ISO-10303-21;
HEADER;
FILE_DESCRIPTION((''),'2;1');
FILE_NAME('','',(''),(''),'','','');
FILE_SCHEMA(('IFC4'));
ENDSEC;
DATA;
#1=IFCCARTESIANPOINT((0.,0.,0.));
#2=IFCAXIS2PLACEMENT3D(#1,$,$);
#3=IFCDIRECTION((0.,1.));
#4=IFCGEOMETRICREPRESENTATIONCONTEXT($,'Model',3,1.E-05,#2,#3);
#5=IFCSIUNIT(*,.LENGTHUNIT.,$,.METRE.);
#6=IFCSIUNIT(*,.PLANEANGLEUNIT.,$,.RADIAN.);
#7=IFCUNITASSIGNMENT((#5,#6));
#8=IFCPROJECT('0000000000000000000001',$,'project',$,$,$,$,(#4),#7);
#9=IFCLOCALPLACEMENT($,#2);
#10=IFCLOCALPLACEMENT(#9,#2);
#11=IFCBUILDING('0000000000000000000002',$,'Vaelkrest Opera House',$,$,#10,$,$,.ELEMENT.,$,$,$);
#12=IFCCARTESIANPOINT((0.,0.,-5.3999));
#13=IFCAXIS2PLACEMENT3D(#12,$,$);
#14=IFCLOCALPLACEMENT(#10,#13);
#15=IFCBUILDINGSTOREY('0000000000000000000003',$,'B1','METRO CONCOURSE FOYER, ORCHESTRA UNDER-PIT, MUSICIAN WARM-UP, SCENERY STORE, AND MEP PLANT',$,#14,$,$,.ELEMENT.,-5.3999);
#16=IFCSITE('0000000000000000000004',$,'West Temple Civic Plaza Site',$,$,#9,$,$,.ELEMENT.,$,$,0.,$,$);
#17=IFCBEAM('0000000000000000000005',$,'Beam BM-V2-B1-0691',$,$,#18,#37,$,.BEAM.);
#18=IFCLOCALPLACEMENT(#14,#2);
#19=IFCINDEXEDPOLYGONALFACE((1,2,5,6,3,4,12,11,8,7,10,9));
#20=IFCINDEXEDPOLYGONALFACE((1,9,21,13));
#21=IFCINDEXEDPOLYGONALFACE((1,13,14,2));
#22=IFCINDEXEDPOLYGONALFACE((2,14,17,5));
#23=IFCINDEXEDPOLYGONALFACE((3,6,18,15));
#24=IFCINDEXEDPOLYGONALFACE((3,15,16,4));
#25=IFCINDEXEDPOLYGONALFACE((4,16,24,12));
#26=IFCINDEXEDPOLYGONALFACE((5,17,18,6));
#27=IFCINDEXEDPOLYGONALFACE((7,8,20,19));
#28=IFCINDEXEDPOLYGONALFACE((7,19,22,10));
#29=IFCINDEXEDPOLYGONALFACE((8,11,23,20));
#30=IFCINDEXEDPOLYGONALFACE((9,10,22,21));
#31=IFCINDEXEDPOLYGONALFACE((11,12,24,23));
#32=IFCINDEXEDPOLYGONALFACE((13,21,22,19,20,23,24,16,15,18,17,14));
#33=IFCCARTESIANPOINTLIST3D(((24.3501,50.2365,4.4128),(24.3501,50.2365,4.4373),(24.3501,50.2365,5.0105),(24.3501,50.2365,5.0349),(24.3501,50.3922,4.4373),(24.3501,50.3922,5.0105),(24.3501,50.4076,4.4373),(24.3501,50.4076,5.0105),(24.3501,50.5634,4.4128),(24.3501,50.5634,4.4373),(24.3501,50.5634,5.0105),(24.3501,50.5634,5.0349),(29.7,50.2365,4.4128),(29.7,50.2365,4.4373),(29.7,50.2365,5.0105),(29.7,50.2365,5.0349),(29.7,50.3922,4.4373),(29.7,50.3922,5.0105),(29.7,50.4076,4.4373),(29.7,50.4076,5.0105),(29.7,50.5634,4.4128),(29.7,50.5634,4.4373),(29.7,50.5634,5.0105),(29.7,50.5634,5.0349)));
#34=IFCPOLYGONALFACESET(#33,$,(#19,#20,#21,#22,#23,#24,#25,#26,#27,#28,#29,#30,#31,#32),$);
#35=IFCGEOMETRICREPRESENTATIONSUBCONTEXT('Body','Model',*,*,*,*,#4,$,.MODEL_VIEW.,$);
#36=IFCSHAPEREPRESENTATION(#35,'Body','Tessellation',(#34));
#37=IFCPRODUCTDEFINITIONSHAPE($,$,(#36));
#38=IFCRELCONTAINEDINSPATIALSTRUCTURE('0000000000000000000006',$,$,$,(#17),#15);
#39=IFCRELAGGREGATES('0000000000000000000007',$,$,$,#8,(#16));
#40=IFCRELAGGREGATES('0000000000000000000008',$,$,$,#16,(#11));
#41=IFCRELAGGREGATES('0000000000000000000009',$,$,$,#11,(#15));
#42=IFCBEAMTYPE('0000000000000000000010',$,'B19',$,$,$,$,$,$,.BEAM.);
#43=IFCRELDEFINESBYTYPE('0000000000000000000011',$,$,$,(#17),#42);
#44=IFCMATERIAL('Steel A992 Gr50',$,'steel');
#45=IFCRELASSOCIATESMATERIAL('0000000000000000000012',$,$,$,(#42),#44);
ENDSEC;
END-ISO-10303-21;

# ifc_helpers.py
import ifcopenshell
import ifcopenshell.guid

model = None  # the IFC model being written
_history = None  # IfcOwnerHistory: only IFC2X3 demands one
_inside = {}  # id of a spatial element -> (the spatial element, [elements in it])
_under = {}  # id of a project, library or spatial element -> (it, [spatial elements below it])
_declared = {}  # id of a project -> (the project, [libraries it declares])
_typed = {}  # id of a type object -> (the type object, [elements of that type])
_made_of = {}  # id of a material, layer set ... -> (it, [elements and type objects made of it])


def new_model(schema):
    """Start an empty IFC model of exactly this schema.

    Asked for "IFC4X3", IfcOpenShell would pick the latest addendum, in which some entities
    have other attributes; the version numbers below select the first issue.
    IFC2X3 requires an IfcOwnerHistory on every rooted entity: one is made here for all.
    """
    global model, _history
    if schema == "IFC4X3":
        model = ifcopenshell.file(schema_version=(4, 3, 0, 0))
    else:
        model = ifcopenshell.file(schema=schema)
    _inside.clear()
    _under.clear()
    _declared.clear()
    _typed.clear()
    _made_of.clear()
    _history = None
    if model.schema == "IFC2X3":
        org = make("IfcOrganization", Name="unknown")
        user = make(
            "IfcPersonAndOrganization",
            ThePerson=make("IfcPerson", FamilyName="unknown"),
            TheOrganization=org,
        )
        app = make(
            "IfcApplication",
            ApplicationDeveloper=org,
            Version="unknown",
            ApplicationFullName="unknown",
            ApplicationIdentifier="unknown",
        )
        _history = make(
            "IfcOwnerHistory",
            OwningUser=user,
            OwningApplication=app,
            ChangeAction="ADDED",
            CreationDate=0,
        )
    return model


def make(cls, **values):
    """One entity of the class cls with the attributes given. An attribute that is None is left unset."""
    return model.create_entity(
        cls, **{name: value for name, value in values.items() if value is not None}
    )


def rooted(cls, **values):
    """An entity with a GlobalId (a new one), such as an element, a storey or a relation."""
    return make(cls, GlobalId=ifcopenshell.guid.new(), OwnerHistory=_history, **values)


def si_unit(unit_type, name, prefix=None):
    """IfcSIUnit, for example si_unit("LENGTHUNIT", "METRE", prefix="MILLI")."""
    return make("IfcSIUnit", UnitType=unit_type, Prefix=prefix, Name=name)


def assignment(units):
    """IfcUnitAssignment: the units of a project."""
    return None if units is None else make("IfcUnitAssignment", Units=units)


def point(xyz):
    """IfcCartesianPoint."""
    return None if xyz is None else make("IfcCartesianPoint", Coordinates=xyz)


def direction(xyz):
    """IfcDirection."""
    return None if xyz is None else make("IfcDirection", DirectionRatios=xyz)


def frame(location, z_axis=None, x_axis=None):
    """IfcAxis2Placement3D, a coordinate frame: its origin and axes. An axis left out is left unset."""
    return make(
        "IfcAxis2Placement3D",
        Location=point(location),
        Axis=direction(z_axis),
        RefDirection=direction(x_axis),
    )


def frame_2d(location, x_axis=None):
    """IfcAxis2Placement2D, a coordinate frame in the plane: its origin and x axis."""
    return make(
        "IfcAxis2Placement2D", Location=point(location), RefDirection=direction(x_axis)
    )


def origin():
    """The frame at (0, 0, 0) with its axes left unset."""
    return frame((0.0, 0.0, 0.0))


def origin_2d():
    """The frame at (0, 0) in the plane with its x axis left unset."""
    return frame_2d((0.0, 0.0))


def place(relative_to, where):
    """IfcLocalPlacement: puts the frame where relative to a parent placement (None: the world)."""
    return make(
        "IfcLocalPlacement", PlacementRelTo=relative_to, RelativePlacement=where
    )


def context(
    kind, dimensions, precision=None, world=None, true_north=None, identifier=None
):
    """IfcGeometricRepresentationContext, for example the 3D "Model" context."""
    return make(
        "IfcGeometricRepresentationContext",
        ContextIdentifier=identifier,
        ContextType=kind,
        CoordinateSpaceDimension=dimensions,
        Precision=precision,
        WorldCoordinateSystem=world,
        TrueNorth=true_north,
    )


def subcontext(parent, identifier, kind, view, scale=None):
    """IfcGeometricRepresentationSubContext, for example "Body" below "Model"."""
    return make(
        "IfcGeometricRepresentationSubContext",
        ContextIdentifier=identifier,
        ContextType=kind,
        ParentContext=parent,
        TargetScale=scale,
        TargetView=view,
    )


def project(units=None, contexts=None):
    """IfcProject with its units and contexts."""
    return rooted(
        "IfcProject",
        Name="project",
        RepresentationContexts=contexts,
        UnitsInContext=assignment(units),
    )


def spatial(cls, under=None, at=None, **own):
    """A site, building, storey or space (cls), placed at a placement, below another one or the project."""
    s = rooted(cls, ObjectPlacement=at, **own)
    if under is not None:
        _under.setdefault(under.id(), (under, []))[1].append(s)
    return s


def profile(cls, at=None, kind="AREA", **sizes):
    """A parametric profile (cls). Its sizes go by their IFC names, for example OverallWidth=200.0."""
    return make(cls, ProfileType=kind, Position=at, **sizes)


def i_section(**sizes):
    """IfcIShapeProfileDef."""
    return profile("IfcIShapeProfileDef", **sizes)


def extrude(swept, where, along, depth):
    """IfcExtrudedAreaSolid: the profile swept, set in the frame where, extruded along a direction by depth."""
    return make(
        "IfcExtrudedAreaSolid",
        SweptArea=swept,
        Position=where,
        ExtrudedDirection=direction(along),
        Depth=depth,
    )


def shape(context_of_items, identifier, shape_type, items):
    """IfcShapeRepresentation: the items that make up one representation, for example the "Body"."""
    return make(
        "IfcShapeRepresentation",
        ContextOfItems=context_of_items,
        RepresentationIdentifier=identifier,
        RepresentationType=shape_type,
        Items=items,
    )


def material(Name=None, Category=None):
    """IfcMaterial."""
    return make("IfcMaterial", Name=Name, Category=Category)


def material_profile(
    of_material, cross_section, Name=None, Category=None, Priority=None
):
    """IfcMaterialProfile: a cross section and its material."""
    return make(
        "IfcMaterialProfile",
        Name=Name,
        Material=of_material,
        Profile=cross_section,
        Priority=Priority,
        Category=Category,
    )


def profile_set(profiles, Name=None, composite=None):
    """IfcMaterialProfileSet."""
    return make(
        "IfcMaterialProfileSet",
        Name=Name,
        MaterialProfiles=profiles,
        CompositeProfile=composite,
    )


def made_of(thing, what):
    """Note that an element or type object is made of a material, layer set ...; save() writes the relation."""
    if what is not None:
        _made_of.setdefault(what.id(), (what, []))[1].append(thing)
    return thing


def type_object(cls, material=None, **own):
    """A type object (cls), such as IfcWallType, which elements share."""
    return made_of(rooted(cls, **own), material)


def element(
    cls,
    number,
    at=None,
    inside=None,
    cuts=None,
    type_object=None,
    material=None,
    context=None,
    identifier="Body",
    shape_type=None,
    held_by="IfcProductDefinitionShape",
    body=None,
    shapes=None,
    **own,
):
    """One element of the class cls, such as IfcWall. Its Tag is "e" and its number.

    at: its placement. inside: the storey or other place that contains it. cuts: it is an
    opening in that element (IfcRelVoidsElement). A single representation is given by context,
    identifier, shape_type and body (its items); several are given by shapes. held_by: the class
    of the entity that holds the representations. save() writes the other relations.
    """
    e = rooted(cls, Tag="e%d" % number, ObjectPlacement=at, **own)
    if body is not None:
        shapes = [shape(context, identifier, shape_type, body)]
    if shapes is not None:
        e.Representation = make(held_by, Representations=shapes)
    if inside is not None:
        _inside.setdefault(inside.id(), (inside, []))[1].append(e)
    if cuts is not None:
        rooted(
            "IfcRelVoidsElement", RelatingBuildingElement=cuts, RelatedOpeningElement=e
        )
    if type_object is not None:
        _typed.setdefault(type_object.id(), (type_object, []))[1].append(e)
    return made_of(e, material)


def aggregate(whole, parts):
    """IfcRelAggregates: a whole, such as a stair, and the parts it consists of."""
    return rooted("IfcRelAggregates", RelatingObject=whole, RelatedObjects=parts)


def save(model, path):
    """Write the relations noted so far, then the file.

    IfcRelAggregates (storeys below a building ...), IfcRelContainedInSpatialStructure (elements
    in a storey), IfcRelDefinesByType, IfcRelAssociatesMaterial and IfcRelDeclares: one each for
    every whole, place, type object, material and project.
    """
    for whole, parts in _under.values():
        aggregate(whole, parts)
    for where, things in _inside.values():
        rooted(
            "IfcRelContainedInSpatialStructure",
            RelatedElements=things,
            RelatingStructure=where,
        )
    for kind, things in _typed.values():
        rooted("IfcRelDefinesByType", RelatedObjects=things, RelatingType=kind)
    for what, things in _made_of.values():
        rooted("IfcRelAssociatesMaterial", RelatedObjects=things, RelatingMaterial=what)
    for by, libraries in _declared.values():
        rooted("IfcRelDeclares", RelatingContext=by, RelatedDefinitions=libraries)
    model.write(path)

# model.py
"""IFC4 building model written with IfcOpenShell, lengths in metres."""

from ifc_helpers import new_model, si_unit, direction, frame, origin, origin_2d, place, context, subcontext, project, spatial, i_section, extrude, material, material_profile, profile_set, type_object, element, save


model = new_model("IFC4")

# Units and contexts
model_context = context("Model", 3, precision=1e-05, world=origin(), true_north=direction((0.0, 1.0)))
body_context = subcontext(model_context, "Body", "Model", "MODEL_VIEW")
ifc_project = project(units=[si_unit("LENGTHUNIT", "METRE"), si_unit("PLANEANGLEUNIT", "RADIAN")], contexts=[model_context])

# Site, building, storey
site_placement = place(None, origin())
site = spatial("IfcSite", under=ifc_project, at=site_placement, Name="West Temple Civic Plaza Site", CompositionType="ELEMENT", RefElevation=0.0)
building_placement = place(site_placement, origin())
building = spatial("IfcBuilding", under=site, at=building_placement, Name="Vaelkrest Opera House", CompositionType="ELEMENT")
storey_placement = place(building_placement, frame((0.0, 0.0, -5.3999)))
storey = spatial("IfcBuildingStorey", under=building, at=storey_placement, Name="B1", Description="METRO CONCOURSE FOYER, ORCHESTRA UNDER-PIT, MUSICIAN WARM-UP, SCENERY STORE, AND MEP PLANT", CompositionType="ELEMENT", Elevation=-5.3999)

# Beam
ifc_material_1 = material(Name="Steel A992 Gr50", Category="steel")
ifc_material_profile_1 = material_profile(ifc_material_1, i_section(OverallWidth=0.3269, OverallDepth=0.6221, WebThickness=0.0154, FlangeThickness=0.0244, at=origin_2d()), Name="W24X131")
ifc_profile_set_1 = profile_set([ifc_material_profile_1], Name="Steel A992 Gr50")
beam_type_1 = type_object("IfcBeamType", Name="B19", PredefinedType="BEAM", material=ifc_profile_set_1)
beam_1_placement = place(storey_placement, frame((24.3501, 50.3999, 4.7239), z_axis=(1.0, 0.0, 0.0), x_axis=(0.0, 1.0, 0.0)))
element("IfcBeam", 1, at=beam_1_placement, inside=storey, type_object=beam_type_1, Name="Beam BM-V2-B1-0691", PredefinedType="BEAM", context=body_context, shape_type="SweptSolid", body=[
    extrude(i_section(OverallWidth=0.3269, OverallDepth=0.6221, WebThickness=0.0154, FlangeThickness=0.0244, at=origin_2d()), origin(), (0.0, 0.0, 1.0), 5.3499),
])

save(model, "model.ifc")
